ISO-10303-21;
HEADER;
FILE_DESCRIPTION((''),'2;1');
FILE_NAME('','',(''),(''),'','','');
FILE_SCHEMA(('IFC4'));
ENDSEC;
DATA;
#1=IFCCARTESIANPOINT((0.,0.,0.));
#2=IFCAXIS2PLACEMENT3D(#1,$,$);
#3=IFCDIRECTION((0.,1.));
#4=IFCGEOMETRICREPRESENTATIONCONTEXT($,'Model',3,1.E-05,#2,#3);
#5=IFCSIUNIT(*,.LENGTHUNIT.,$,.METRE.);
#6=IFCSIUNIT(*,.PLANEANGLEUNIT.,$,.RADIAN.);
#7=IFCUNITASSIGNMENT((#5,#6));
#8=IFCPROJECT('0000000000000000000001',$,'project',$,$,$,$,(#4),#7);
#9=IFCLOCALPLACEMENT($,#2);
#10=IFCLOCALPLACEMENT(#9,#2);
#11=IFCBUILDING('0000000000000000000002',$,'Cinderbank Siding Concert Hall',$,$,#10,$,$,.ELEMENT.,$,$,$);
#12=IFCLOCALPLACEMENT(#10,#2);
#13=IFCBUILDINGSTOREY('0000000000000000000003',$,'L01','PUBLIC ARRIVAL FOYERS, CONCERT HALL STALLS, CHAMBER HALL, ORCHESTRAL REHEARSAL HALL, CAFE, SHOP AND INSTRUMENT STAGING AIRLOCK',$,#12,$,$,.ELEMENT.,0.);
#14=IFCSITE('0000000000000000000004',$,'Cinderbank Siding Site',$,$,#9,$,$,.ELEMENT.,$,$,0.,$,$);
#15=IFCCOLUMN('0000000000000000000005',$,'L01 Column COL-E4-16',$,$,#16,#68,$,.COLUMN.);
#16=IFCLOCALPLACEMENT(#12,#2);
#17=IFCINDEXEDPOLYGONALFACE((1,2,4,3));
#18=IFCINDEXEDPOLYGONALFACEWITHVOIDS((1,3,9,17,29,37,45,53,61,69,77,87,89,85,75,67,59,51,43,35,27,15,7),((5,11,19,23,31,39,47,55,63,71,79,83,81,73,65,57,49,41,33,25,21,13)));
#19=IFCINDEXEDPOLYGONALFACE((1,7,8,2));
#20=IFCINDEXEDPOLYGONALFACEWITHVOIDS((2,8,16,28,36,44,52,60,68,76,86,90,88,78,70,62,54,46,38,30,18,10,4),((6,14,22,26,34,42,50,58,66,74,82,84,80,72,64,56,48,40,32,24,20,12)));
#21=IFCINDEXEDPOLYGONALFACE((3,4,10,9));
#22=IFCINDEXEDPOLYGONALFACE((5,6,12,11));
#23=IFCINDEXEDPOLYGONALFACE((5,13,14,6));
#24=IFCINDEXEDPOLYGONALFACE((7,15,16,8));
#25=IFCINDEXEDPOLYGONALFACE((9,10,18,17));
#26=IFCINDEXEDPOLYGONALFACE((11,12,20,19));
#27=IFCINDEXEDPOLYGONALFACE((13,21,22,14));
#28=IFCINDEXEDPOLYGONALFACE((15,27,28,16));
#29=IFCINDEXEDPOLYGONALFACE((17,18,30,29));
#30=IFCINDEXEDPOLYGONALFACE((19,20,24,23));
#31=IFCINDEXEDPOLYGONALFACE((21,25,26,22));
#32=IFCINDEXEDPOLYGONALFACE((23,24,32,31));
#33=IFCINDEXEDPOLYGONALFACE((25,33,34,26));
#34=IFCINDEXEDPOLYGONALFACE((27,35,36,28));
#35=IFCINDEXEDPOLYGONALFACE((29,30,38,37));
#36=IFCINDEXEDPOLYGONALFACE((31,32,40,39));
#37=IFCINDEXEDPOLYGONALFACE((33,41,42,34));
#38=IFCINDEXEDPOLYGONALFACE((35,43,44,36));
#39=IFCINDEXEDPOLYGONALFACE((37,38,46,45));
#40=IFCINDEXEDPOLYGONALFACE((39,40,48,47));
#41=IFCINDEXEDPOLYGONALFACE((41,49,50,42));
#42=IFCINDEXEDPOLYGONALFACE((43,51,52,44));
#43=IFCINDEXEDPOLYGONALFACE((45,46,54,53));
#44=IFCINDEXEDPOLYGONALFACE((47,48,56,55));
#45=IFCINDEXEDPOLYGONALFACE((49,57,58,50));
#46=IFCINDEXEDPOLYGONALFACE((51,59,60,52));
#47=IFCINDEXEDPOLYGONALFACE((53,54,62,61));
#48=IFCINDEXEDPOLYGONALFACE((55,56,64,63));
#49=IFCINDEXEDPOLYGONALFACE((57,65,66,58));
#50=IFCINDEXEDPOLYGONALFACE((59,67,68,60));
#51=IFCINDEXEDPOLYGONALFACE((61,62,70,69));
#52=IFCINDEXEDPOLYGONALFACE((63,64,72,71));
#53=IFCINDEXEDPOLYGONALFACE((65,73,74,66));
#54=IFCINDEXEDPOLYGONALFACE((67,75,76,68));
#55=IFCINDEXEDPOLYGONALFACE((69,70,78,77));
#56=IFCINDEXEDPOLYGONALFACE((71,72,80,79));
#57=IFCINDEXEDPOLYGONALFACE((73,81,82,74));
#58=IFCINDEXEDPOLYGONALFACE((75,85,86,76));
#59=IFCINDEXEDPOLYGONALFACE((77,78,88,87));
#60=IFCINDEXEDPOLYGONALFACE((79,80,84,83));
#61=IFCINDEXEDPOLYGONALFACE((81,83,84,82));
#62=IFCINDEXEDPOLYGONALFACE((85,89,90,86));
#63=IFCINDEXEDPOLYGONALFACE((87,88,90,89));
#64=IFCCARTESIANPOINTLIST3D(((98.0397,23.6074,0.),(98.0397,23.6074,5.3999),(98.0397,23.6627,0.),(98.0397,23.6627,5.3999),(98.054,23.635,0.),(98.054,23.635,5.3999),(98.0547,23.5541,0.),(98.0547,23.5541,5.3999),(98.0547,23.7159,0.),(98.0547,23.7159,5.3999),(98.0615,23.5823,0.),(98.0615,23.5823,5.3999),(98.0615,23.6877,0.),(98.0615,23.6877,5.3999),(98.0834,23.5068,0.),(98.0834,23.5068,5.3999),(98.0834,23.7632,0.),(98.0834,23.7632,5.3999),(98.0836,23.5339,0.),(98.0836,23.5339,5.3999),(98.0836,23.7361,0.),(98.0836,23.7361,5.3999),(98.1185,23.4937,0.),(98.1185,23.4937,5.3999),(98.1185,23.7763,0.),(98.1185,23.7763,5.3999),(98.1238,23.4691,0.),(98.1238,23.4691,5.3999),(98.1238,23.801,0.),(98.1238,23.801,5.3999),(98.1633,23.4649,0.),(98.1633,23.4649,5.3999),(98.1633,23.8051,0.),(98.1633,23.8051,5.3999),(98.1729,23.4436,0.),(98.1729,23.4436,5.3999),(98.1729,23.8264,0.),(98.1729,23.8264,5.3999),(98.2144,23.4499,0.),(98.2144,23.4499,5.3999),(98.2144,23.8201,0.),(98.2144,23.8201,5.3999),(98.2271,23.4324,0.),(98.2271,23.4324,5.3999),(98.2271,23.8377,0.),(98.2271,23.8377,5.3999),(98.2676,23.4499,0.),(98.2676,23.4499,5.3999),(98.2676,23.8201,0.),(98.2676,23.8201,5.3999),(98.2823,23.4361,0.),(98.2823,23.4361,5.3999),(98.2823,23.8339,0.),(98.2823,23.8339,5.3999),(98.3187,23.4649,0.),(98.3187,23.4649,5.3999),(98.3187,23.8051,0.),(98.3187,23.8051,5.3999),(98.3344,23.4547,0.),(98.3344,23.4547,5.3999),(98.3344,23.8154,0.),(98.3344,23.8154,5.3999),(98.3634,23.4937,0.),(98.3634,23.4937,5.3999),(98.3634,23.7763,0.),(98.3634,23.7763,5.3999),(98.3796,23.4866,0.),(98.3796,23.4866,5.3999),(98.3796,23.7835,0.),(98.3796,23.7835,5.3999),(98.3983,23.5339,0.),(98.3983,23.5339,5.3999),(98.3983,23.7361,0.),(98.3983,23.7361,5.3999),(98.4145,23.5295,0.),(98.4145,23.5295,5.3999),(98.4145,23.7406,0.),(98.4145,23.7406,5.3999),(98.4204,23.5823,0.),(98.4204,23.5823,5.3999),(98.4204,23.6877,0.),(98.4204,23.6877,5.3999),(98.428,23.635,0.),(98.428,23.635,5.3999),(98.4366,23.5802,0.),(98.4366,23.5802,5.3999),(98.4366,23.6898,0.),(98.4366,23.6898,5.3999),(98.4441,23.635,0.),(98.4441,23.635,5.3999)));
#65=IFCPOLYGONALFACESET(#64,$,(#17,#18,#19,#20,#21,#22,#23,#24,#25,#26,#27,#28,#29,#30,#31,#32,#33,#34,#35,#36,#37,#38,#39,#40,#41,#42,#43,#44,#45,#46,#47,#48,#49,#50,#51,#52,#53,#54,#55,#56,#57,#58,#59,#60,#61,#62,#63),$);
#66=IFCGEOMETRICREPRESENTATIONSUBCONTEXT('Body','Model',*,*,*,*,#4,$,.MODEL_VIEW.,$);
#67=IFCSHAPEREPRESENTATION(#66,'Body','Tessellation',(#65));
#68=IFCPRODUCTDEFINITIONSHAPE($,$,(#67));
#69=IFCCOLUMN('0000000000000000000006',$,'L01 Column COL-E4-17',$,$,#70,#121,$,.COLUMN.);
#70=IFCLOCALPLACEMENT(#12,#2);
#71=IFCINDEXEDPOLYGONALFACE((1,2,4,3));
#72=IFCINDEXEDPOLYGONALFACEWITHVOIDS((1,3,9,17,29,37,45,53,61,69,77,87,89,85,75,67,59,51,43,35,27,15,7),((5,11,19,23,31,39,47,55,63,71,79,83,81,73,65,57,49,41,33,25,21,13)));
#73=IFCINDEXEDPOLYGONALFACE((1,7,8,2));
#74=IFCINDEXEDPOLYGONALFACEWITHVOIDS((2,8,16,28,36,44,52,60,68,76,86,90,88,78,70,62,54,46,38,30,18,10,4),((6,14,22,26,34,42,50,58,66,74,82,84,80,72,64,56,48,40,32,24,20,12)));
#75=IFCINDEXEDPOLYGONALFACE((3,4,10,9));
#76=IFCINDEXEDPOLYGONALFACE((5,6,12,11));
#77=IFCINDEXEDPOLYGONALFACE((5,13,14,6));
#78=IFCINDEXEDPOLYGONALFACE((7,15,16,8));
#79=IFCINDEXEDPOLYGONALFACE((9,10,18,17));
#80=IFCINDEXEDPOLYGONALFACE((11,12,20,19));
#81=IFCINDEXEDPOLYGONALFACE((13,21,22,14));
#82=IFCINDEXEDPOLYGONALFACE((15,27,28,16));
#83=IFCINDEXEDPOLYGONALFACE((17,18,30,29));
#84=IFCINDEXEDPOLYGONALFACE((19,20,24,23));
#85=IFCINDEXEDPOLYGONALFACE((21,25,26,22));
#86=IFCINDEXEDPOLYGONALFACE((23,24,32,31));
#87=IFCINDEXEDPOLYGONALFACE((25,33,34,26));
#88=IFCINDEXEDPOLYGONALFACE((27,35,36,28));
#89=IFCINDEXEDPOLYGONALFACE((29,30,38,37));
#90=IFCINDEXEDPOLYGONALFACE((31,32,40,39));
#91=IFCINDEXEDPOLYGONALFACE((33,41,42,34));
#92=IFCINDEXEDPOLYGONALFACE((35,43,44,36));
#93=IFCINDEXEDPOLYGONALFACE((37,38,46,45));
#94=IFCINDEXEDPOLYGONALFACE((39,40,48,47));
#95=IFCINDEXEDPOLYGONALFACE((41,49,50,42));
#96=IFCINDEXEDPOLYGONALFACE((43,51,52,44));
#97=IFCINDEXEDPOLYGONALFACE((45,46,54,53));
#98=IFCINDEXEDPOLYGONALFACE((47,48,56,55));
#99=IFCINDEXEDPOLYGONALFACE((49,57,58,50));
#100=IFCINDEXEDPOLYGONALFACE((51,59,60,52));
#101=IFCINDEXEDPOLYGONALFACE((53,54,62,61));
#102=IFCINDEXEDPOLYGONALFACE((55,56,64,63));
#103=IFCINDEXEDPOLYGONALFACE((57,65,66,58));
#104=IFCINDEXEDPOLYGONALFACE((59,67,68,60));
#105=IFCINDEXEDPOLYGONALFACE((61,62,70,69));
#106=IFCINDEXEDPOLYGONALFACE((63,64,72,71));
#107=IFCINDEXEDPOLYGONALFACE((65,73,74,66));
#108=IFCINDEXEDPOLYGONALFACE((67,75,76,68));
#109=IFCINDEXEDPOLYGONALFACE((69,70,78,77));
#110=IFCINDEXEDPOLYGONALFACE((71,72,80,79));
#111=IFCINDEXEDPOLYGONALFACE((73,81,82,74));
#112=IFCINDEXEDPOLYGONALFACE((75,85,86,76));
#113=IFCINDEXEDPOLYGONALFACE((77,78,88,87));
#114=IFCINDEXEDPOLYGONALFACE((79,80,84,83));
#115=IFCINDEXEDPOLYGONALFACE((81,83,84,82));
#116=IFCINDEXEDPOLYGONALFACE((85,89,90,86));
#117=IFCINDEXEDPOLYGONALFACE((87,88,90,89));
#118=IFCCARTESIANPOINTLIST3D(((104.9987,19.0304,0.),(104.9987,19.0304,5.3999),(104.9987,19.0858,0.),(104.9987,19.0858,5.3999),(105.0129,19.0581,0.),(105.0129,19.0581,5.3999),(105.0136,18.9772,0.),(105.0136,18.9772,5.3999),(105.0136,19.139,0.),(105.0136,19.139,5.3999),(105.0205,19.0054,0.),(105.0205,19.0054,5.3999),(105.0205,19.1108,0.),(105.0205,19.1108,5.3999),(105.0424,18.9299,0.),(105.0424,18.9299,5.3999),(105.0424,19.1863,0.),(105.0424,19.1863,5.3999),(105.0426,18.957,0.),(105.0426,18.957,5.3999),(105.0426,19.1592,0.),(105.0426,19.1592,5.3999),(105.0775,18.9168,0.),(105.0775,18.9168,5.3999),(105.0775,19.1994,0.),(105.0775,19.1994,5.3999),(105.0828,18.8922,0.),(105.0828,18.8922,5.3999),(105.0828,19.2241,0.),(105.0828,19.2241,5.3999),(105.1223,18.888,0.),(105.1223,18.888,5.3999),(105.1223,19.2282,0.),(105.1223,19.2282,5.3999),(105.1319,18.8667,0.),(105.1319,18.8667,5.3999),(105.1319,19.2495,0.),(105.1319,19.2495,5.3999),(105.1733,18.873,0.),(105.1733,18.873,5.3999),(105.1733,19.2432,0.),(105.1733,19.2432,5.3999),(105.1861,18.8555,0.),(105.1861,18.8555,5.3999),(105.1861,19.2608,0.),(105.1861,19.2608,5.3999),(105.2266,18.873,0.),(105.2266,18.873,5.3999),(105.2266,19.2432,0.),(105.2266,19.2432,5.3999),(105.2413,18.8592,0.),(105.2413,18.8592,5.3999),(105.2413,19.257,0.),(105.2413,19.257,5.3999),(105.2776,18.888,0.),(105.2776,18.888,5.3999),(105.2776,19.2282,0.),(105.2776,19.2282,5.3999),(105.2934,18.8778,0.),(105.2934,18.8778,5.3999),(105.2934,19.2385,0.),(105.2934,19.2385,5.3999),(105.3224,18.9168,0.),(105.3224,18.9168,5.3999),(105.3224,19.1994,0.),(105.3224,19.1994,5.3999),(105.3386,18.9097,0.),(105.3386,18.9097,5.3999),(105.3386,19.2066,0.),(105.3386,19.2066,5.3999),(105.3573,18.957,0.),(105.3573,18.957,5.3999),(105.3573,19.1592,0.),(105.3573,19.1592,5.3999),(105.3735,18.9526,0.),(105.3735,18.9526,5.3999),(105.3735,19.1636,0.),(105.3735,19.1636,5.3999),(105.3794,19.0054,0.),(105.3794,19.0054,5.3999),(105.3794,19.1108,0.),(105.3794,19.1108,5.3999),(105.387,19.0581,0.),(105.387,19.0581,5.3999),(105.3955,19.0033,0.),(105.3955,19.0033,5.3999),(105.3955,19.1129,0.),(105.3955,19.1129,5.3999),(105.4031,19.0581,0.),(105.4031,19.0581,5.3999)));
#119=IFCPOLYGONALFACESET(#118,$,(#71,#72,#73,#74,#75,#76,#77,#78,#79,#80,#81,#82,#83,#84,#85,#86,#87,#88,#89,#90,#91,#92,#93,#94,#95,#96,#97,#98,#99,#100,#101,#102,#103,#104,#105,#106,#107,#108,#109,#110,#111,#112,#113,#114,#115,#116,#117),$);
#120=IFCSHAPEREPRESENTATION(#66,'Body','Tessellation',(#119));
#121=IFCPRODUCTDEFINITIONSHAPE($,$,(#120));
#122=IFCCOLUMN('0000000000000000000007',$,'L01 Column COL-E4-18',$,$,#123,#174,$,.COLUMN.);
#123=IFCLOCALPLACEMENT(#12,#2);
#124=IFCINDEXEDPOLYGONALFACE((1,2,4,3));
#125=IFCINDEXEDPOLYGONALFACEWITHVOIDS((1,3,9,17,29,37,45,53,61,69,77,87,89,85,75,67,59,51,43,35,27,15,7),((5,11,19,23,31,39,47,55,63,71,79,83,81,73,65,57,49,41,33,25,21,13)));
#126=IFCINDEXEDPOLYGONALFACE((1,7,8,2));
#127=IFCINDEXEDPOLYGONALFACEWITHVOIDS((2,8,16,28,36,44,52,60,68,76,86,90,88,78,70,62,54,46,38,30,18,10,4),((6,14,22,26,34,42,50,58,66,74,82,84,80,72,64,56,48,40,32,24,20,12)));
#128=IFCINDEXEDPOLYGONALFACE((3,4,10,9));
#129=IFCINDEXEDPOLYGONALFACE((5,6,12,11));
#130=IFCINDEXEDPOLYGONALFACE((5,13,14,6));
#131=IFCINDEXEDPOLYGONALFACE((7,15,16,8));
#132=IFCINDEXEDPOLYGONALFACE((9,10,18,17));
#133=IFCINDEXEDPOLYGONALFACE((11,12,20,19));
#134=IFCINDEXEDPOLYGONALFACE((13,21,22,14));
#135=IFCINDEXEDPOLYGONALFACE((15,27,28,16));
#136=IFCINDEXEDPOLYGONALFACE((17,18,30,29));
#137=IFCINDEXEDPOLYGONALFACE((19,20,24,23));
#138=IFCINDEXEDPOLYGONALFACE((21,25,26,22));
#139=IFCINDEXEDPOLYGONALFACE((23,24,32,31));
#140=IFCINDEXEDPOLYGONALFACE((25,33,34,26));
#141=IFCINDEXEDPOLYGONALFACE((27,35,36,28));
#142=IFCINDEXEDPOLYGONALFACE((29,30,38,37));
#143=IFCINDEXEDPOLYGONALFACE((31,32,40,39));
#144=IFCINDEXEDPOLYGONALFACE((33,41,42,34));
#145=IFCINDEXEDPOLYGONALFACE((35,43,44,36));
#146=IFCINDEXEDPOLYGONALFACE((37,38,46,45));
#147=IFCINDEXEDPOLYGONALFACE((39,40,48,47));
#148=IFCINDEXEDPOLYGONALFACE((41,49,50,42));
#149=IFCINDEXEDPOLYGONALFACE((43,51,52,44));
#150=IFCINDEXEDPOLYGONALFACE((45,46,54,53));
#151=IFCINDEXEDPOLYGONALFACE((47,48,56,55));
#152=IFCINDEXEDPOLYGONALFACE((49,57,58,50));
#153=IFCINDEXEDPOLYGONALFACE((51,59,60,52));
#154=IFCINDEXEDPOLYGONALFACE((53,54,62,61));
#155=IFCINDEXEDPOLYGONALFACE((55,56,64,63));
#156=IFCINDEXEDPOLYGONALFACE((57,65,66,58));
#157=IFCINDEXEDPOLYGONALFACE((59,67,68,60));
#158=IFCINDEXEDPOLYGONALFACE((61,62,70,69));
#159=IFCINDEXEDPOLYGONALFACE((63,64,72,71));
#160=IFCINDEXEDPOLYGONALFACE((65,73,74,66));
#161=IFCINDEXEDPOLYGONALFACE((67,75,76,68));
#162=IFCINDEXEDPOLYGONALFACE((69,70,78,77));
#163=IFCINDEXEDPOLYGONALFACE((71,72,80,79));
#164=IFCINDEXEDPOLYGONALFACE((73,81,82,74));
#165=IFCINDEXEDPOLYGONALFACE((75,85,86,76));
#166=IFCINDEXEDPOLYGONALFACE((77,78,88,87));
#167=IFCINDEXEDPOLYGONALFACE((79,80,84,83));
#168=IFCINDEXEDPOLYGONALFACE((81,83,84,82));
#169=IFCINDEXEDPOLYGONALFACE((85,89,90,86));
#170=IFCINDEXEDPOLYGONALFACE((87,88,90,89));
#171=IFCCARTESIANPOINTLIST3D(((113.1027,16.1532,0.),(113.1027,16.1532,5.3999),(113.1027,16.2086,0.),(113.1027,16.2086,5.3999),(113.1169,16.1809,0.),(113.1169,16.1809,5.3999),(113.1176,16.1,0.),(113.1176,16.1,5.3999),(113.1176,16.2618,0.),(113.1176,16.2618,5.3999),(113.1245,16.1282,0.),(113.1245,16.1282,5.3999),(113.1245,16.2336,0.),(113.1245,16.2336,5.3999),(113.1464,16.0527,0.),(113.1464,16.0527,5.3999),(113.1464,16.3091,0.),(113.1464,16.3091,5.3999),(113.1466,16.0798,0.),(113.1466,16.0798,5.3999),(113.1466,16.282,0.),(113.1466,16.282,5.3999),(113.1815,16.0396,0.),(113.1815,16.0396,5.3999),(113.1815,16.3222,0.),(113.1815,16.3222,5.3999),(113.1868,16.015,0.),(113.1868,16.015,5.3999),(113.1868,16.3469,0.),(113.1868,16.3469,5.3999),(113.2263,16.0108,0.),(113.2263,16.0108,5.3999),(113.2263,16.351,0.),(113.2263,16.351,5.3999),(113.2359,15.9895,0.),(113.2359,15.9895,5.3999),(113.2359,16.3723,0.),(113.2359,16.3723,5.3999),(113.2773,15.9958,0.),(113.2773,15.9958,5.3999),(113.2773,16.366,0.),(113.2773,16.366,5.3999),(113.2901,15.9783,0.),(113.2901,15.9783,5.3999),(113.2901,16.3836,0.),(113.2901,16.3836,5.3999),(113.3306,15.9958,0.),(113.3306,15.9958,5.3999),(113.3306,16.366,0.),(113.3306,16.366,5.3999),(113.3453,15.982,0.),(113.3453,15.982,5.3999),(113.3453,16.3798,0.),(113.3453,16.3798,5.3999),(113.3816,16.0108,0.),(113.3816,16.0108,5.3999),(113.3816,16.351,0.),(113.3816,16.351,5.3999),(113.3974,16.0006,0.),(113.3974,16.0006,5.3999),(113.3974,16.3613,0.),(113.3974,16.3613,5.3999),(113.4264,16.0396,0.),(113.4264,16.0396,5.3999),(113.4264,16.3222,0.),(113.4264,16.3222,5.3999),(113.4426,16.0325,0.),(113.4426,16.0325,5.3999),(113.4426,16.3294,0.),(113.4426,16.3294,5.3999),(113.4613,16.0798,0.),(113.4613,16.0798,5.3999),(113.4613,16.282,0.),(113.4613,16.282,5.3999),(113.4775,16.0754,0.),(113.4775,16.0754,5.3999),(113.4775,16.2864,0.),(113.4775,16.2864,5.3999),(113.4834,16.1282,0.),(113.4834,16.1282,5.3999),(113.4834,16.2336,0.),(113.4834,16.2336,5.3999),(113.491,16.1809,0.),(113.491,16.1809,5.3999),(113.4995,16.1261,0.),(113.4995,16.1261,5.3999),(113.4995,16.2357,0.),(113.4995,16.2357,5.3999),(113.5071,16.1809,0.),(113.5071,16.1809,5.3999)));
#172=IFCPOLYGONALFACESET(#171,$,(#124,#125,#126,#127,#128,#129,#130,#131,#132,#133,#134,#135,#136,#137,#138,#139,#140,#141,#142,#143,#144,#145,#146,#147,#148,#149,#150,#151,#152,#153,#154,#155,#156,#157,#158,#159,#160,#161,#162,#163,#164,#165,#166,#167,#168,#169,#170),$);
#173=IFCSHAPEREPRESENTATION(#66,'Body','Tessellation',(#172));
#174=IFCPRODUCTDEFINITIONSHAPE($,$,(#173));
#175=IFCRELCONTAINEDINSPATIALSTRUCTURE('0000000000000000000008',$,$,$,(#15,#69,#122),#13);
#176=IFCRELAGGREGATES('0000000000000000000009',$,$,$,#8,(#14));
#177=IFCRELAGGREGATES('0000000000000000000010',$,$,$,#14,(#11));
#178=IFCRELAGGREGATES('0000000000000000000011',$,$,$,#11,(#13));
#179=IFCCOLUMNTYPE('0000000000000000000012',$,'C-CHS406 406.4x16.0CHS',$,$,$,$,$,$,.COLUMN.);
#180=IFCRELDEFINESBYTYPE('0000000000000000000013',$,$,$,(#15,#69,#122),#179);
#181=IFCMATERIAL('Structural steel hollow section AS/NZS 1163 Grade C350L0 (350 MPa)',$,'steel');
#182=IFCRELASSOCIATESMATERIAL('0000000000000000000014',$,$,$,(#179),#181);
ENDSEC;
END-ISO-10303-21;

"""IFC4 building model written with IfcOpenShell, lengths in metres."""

from ifc_helpers import new_model, si_unit, direction, frame, origin, origin_2d, place, context, subcontext, project, spatial, hollow_circle, extrude, material, material_profile, profile_set, type_object, element, save


model = new_model("IFC4")

# Units and contexts
model_context = context("Model", 3, precision=1e-05, world=origin(), true_north=direction((0.0, 1.0)))
body_context = subcontext(model_context, "Body", "Model", "MODEL_VIEW")
ifc_project = project(units=[si_unit("LENGTHUNIT", "METRE"), si_unit("PLANEANGLEUNIT", "RADIAN")], contexts=[model_context])

# Site, building, storey
site_placement = place(None, origin())
site = spatial("IfcSite", under=ifc_project, at=site_placement, Name="Cinderbank Siding Site", CompositionType="ELEMENT", RefElevation=0.0)
building_placement = place(site_placement, origin())
building = spatial("IfcBuilding", under=site, at=building_placement, Name="Cinderbank Siding Concert Hall", CompositionType="ELEMENT")
storey_placement = place(building_placement, origin())
storey = spatial("IfcBuildingStorey", under=building, at=storey_placement, Name="L01", Description="PUBLIC ARRIVAL FOYERS, CONCERT HALL STALLS, CHAMBER HALL, ORCHESTRAL REHEARSAL HALL, CAFE, SHOP AND INSTRUMENT STAGING AIRLOCK", CompositionType="ELEMENT", Elevation=0.0)

# Columns
ifc_material_1 = material(Name="Structural steel hollow section AS/NZS 1163 Grade C350L0 (350 MPa)", Category="steel")
ifc_material_profile_1 = material_profile(ifc_material_1, hollow_circle(Radius=0.2031, WallThickness=0.0161, at=origin_2d()), Name="406.4x16.0CHS", Category="LoadBearing")
ifc_profile_set_1 = profile_set([ifc_material_profile_1], Name="Structural steel hollow section AS/NZS 1163 Grade C350L0 (350 MPa)")
column_type_1 = type_object("IfcColumnType", Name="C-CHS406 406.4x16.0CHS", PredefinedType="COLUMN", material=ifc_profile_set_1)
for number, where, z_axis, x_axis, name in (
    (1, (98.241, 23.635, 0.0), (0.0, 0.0, 1.0), (1.0, 0.0, 0.0), "L01 Column COL-E4-16"),
    (2, (105.2, 19.0581, 0.0), (0.0, 0.0, 1.0), (1.0, 0.0, 0.0), "L01 Column COL-E4-17"),
    (3, (113.304, 16.1809, 0.0), (0.0, 0.0, 1.0), (1.0, 0.0, 0.0), "L01 Column COL-E4-18"),
):
    element("IfcColumn", number, at=place(storey_placement, frame(where, z_axis=z_axis, x_axis=x_axis)), inside=storey, type_object=column_type_1, Name=name, PredefinedType="COLUMN", context=body_context, shape_type="SweptSolid", body=[
        extrude(hollow_circle(Radius=0.2031, WallThickness=0.0161, at=origin_2d()), origin(), (0.0, 0.0, 1.0), 5.3999),
    ])

save(model, "model.ifc")
